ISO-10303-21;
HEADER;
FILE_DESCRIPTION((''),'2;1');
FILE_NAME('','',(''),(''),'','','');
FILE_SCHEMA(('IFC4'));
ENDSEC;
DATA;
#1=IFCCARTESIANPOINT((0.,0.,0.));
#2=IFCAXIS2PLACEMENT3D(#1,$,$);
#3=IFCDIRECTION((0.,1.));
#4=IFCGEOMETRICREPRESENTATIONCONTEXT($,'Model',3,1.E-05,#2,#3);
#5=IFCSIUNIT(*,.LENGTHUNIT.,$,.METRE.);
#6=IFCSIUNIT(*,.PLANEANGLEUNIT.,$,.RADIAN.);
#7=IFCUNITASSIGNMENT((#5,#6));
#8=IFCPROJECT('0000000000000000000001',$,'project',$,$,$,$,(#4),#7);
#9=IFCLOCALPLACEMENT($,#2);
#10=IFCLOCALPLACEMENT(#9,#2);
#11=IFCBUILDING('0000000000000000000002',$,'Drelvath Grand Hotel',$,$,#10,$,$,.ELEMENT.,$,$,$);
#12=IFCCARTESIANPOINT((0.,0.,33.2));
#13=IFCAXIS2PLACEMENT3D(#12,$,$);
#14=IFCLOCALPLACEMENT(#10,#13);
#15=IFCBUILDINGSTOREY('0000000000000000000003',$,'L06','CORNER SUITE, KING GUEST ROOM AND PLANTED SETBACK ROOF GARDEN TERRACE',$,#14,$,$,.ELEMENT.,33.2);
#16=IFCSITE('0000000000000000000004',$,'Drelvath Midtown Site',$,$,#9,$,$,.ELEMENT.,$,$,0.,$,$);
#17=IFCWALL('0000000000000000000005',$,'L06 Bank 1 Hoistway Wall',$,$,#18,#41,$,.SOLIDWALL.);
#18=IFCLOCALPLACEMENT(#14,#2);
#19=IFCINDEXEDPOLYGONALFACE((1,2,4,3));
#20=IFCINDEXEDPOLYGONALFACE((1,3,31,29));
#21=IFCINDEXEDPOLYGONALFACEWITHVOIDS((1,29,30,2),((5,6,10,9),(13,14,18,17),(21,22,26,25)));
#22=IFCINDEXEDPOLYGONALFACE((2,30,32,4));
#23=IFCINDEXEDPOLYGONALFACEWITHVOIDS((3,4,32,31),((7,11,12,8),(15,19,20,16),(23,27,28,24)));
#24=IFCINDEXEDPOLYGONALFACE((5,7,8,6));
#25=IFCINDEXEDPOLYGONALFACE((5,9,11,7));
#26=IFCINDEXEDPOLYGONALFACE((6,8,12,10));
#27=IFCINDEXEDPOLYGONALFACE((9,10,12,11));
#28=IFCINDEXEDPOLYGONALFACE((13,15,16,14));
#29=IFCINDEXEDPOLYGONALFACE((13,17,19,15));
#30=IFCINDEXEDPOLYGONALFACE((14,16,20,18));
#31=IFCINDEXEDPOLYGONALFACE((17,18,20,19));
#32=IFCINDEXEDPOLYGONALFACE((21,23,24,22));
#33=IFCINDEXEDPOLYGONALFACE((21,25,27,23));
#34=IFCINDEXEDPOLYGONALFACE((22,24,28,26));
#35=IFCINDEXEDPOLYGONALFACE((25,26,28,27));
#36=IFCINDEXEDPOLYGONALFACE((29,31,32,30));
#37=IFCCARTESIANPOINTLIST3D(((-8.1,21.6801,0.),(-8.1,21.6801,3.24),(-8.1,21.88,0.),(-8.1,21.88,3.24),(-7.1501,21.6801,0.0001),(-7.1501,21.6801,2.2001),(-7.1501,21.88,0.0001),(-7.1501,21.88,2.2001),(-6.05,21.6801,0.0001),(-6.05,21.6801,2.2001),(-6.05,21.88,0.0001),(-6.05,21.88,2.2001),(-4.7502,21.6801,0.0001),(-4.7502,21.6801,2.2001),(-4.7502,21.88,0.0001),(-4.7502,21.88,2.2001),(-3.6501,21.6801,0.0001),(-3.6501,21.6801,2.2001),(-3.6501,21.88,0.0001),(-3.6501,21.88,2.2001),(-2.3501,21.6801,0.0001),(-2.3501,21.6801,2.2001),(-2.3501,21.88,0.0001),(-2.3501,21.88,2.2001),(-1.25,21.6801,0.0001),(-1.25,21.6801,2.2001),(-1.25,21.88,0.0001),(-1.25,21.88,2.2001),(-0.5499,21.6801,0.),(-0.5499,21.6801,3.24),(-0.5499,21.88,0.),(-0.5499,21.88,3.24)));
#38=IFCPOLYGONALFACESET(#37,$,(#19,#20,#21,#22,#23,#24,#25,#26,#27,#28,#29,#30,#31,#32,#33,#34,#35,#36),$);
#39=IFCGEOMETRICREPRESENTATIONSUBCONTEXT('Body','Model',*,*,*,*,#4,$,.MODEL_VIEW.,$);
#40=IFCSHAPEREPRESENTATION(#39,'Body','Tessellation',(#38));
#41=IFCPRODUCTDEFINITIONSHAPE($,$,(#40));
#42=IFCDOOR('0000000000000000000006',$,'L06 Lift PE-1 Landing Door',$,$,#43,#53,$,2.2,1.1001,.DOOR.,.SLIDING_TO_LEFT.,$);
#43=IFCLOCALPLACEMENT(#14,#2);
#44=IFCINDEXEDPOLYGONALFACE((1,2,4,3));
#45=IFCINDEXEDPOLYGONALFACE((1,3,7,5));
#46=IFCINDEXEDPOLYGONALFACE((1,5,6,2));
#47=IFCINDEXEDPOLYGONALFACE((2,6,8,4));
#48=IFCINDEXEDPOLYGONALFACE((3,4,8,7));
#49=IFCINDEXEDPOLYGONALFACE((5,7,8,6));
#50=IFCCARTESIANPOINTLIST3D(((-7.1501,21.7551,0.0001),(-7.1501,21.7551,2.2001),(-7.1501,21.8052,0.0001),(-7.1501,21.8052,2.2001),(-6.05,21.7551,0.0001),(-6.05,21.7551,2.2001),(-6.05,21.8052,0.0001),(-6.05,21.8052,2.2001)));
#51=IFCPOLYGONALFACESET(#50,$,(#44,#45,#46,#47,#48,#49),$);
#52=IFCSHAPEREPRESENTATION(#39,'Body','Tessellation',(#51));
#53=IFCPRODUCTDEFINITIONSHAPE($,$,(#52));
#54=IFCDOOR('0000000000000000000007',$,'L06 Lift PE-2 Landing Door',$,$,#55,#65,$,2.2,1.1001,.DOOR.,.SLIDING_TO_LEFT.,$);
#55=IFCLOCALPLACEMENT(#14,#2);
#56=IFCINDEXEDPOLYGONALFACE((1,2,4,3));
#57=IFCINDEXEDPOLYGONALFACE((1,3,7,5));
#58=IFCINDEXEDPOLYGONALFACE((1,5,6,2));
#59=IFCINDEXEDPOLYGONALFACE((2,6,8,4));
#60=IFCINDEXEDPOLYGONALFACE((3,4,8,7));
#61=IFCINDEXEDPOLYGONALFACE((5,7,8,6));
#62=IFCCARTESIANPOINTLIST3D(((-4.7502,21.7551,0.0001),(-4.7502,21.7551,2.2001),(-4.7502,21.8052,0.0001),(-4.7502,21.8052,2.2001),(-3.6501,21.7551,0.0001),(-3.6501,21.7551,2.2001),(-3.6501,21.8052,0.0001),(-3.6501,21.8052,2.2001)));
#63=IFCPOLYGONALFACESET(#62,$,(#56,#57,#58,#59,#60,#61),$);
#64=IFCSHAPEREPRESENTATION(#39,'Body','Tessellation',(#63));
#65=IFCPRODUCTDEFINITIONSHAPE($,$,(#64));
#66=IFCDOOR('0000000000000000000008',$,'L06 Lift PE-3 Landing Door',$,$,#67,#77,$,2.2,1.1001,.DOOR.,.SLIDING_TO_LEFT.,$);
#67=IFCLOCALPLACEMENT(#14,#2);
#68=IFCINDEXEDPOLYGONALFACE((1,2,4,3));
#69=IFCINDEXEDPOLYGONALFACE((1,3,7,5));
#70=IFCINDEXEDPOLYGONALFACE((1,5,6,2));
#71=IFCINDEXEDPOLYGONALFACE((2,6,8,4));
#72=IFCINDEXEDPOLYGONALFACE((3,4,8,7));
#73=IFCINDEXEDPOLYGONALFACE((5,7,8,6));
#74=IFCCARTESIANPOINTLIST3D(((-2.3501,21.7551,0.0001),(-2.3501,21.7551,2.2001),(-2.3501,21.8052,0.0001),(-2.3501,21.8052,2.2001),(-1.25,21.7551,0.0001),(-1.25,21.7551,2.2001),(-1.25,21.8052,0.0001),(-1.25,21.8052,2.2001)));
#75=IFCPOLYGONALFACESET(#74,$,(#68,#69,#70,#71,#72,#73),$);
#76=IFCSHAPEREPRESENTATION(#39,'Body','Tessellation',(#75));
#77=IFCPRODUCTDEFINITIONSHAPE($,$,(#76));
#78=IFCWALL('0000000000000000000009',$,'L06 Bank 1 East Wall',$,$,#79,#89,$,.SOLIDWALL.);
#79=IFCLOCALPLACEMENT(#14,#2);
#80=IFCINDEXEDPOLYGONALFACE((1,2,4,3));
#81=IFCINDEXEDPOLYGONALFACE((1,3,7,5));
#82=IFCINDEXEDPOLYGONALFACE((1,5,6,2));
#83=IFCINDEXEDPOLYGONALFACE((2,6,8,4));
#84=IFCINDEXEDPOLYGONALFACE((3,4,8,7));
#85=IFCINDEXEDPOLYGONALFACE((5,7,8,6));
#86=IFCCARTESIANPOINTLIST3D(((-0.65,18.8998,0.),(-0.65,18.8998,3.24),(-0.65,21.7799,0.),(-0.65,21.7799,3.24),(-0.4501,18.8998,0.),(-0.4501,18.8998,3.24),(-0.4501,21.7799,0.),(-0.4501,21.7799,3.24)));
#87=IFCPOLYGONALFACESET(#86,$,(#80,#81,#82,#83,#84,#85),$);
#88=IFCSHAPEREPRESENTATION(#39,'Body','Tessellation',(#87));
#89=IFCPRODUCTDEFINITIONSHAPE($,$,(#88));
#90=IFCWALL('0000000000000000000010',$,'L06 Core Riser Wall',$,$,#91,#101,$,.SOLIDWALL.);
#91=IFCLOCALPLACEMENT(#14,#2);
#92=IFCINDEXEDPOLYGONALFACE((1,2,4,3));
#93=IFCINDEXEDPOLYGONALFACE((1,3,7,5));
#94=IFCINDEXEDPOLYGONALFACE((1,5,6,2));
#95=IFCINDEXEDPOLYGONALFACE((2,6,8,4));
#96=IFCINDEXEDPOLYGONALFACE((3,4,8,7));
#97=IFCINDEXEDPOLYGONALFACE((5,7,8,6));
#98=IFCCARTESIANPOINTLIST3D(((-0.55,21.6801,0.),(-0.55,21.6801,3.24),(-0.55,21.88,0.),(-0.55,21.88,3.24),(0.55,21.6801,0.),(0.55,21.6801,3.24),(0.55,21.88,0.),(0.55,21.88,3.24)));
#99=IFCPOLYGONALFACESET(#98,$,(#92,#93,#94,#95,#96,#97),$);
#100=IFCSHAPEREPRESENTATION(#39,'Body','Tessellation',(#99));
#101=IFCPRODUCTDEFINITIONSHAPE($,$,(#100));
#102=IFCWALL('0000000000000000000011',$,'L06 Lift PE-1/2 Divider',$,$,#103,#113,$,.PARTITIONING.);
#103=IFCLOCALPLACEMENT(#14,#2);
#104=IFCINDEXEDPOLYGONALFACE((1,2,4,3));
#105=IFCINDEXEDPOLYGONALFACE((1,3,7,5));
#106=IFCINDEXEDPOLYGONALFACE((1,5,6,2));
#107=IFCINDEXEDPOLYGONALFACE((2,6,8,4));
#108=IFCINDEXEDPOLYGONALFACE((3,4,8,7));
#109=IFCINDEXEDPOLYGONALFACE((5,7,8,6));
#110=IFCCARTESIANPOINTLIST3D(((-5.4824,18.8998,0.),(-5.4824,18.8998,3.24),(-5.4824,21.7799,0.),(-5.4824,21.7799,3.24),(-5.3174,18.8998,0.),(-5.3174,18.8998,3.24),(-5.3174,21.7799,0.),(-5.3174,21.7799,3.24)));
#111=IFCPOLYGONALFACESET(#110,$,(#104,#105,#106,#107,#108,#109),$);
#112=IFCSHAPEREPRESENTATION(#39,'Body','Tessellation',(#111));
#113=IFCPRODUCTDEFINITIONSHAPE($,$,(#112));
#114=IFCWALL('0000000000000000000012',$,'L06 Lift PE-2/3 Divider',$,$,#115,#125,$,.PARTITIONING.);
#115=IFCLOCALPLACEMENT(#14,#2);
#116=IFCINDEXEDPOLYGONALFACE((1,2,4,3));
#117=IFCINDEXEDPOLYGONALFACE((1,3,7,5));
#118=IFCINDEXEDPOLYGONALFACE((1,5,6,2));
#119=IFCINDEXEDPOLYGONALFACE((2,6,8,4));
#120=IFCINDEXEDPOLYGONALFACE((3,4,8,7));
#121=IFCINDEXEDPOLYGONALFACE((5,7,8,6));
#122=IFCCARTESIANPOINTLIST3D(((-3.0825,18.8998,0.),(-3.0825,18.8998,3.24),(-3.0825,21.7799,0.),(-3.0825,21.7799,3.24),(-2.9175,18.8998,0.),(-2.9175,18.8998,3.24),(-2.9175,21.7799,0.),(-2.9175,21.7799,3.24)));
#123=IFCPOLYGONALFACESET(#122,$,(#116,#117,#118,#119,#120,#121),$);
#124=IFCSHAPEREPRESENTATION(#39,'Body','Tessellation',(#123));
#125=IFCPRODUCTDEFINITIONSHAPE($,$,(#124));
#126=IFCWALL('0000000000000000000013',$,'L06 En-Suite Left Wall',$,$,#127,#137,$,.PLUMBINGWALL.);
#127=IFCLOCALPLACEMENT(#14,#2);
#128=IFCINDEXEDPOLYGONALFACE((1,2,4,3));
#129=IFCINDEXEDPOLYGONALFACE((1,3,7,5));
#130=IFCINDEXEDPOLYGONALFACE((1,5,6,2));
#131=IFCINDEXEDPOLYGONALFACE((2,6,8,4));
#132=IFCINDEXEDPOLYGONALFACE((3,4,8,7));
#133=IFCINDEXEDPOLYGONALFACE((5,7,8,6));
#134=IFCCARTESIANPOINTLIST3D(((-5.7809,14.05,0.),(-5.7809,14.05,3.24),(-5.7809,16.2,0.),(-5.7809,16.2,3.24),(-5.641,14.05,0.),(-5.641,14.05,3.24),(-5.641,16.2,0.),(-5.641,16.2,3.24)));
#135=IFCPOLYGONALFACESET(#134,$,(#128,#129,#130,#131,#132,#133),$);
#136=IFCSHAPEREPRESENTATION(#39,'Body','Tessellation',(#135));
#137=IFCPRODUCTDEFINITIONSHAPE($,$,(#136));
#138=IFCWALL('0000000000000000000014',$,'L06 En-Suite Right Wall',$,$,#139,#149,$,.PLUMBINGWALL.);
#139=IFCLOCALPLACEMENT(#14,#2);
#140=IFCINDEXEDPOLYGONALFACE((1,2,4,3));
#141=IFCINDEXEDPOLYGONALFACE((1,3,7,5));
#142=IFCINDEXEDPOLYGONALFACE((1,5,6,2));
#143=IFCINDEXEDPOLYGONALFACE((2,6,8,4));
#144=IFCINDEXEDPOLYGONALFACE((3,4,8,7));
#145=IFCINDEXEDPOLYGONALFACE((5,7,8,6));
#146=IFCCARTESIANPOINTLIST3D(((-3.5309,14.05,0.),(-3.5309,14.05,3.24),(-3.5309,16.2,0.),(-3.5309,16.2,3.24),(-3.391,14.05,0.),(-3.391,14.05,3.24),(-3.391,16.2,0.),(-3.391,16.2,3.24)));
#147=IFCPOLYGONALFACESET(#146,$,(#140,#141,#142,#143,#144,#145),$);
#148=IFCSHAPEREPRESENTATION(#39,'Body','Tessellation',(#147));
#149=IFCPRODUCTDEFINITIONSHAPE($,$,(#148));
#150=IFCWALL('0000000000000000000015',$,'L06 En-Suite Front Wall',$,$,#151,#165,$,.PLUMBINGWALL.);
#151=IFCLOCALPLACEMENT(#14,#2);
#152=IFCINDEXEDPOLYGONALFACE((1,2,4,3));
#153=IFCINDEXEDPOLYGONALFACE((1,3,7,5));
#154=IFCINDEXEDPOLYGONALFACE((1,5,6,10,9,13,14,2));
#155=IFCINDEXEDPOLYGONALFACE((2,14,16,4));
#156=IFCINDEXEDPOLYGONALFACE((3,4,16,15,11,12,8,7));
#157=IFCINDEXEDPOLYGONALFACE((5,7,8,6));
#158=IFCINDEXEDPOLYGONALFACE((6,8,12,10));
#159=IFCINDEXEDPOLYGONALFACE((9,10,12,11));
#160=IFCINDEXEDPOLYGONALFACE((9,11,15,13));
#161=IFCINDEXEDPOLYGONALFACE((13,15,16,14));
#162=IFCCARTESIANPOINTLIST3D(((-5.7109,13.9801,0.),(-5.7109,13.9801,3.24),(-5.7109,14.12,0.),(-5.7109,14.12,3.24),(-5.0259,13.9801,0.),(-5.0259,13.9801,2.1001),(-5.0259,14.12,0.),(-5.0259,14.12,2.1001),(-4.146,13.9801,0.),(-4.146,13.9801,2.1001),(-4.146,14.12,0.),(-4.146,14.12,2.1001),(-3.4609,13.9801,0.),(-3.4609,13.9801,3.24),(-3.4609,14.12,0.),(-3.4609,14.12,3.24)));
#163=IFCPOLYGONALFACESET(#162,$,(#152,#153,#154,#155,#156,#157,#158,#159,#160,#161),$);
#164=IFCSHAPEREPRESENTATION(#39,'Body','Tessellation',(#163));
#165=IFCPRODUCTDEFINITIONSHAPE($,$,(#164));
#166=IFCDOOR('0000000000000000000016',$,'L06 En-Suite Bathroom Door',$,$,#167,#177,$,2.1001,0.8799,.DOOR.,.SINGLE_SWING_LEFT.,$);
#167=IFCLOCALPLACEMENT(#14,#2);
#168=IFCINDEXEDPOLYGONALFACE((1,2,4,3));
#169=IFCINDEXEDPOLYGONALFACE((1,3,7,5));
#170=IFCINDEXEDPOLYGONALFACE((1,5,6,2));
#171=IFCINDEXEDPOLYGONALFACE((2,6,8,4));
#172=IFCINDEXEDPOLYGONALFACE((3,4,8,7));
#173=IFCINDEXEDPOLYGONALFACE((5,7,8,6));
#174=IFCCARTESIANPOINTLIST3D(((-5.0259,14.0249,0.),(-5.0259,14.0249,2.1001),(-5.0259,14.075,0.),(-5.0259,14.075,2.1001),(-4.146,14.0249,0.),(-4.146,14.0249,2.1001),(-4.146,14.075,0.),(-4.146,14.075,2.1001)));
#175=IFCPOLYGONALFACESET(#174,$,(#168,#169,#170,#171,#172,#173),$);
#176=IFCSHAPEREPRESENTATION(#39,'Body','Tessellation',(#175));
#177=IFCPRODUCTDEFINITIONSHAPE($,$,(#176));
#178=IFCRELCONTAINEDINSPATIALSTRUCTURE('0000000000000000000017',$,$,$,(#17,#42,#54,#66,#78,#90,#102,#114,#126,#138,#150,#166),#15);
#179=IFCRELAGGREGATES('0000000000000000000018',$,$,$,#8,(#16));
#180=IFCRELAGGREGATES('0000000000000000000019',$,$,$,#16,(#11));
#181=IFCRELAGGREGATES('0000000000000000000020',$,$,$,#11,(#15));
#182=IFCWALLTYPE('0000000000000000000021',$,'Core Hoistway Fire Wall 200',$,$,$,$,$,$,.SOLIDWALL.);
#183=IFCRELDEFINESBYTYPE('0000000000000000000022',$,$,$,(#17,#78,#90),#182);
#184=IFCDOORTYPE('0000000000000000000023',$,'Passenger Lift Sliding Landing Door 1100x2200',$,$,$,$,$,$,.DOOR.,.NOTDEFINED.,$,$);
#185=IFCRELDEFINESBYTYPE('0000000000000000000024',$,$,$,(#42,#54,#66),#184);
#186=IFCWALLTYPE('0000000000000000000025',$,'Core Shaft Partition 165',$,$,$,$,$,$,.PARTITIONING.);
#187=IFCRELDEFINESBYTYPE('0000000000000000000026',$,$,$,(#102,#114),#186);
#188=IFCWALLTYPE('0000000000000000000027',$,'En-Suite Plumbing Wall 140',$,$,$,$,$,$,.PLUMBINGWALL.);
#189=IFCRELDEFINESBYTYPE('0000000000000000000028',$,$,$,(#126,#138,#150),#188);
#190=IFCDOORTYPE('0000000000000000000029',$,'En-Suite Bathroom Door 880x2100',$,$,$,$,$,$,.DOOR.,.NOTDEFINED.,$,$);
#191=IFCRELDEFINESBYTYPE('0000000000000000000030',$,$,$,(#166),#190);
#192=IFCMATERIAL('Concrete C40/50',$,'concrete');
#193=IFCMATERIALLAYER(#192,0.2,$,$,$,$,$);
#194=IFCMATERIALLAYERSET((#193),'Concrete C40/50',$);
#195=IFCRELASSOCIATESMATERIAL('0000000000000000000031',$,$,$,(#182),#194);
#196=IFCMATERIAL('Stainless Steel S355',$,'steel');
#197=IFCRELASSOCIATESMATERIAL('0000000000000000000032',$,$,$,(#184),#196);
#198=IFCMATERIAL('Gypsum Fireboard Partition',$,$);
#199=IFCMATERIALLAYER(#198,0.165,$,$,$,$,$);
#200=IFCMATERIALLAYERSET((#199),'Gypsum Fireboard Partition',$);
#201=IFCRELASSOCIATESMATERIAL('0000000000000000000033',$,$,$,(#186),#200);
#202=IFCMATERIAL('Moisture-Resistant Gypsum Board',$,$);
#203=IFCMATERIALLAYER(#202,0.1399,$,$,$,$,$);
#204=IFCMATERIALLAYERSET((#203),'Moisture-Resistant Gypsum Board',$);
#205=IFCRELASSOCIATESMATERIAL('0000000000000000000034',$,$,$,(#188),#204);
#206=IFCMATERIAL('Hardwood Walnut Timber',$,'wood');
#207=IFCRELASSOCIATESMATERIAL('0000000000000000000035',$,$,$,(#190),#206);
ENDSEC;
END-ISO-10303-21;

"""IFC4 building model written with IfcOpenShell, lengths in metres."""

from ifc_helpers import new_model, si_unit, direction, frame, frame_2d, origin, place, context, subcontext, project, spatial, rectangle, extrude, material, layer, layer_set, type_object, element, fill, save


model = new_model("IFC4")

# Units and contexts
model_context = context("Model", 3, precision=1e-05, world=origin(), true_north=direction((0.0, 1.0)))
body_context = subcontext(model_context, "Body", "Model", "MODEL_VIEW")
ifc_project = project(units=[si_unit("LENGTHUNIT", "METRE"), si_unit("PLANEANGLEUNIT", "RADIAN")], contexts=[model_context])

# Site, building, storey
site_placement = place(None, origin())
site = spatial("IfcSite", under=ifc_project, at=site_placement, Name="Drelvath Midtown Site", CompositionType="ELEMENT", RefElevation=0.0)
building_placement = place(site_placement, origin())
building = spatial("IfcBuilding", under=site, at=building_placement, Name="Drelvath Grand Hotel", CompositionType="ELEMENT")
storey_placement = place(building_placement, frame((0.0, 0.0, 33.2)))
storey = spatial("IfcBuildingStorey", under=building, at=storey_placement, Name="L06", Description="CORNER SUITE, KING GUEST ROOM AND PLANTED SETBACK ROOF GARDEN TERRACE", CompositionType="ELEMENT", Elevation=33.2)

# Wall, openings, doors
ifc_material_1 = material(Name="Concrete C40/50", Category="concrete")
ifc_layer_1 = layer(ifc_material_1, 0.2)
ifc_layer_set_1 = layer_set([ifc_layer_1], Name="Concrete C40/50")
wall_type_1 = type_object("IfcWallType", Name="Core Hoistway Fire Wall 200", PredefinedType="SOLIDWALL", material=ifc_layer_set_1)
wall_1_placement = place(storey_placement, frame((-0.55, 21.78, 0.0), z_axis=(0.0, 0.0, 1.0), x_axis=(-1.0, 0.0, 0.0)))
wall_1 = element("IfcWall", 1, at=wall_1_placement, inside=storey, type_object=wall_type_1, Name="L06 Bank 1 Hoistway Wall", PredefinedType="SOLIDWALL", context=body_context, shape_type="SweptSolid", body=[
    extrude(rectangle(XDim=7.55, YDim=0.2, at=frame_2d((3.7749, 0.0))), origin(), (0.0, 0.0, 1.0), 3.24),
])
opening_1_placement = place(wall_1_placement, frame((5.5, 0.0, 0.0)))
opening_1 = element("IfcOpeningElement", 2, at=opening_1_placement, cuts=wall_1, PredefinedType="OPENING", context=body_context, shape_type="SweptSolid", body=[
    extrude(rectangle(XDim=1.1001, YDim=2.2, at=frame_2d((0.55, 1.1001))), frame((0.0, 0.1099, 0.0), z_axis=(0.0, -1.0, 0.0), x_axis=(1.0, 0.0, 0.0)), (0.0, 0.0, 1.0), 0.22),
])
opening_2_placement = place(wall_1_placement, frame((3.1001, 0.0, 0.0)))
opening_2 = element("IfcOpeningElement", 3, at=opening_2_placement, cuts=wall_1, PredefinedType="OPENING", context=body_context, shape_type="SweptSolid", body=[
    extrude(rectangle(XDim=1.1001, YDim=2.2, at=frame_2d((0.55, 1.1001))), frame((0.0, 0.1099, 0.0), z_axis=(0.0, -1.0, 0.0), x_axis=(1.0, 0.0, 0.0)), (0.0, 0.0, 1.0), 0.22),
])
opening_3_placement = place(wall_1_placement, frame((0.7, 0.0, 0.0)))
opening_3 = element("IfcOpeningElement", 4, at=opening_3_placement, cuts=wall_1, PredefinedType="OPENING", context=body_context, shape_type="SweptSolid", body=[
    extrude(rectangle(XDim=1.1001, YDim=2.2, at=frame_2d((0.55, 1.1001))), frame((0.0, 0.1099, 0.0), z_axis=(0.0, -1.0, 0.0), x_axis=(1.0, 0.0, 0.0)), (0.0, 0.0, 1.0), 0.22),
])
ifc_material_2 = material(Name="Stainless Steel S355", Category="steel")
door_type_1 = type_object("IfcDoorType", Name="Passenger Lift Sliding Landing Door 1100x2200", OperationType="NOTDEFINED", PredefinedType="DOOR", material=ifc_material_2)
door_1_placement = place(opening_1_placement, origin())
door_1 = element("IfcDoor", 5, at=door_1_placement, inside=storey, type_object=door_type_1, Name="L06 Lift PE-1 Landing Door", OperationType="SLIDING_TO_LEFT", OverallHeight=2.2, OverallWidth=1.1001, PredefinedType="DOOR", context=body_context, shape_type="SweptSolid", body=[
    extrude(rectangle(XDim=1.1001, YDim=2.2, at=frame_2d((0.55, 1.1001))), frame((0.0, 0.0249, 0.0), z_axis=(0.0, -1.0, 0.0), x_axis=(1.0, 0.0, 0.0)), (0.0, 0.0, 1.0), 0.05),
])
fill(opening_1, door_1)
door_2_placement = place(opening_2_placement, origin())
door_2 = element("IfcDoor", 6, at=door_2_placement, inside=storey, type_object=door_type_1, Name="L06 Lift PE-2 Landing Door", OperationType="SLIDING_TO_LEFT", OverallHeight=2.2, OverallWidth=1.1001, PredefinedType="DOOR", context=body_context, shape_type="SweptSolid", body=[
    extrude(rectangle(XDim=1.1001, YDim=2.2, at=frame_2d((0.55, 1.1001))), frame((0.0, 0.0249, 0.0), z_axis=(0.0, -1.0, 0.0), x_axis=(1.0, 0.0, 0.0)), (0.0, 0.0, 1.0), 0.05),
])
fill(opening_2, door_2)
door_3_placement = place(opening_3_placement, origin())
door_3 = element("IfcDoor", 7, at=door_3_placement, inside=storey, type_object=door_type_1, Name="L06 Lift PE-3 Landing Door", OperationType="SLIDING_TO_LEFT", OverallHeight=2.2, OverallWidth=1.1001, PredefinedType="DOOR", context=body_context, shape_type="SweptSolid", body=[
    extrude(rectangle(XDim=1.1001, YDim=2.2, at=frame_2d((0.55, 1.1001))), frame((0.0, 0.0249, 0.0), z_axis=(0.0, -1.0, 0.0), x_axis=(1.0, 0.0, 0.0)), (0.0, 0.0, 1.0), 0.05),
])
fill(opening_3, door_3)

# Walls
wall_2_placement = place(storey_placement, frame((-0.55, 18.8999, 0.0), z_axis=(0.0, 0.0, 1.0), x_axis=(0.0, 1.0, 0.0)))
element("IfcWall", 8, at=wall_2_placement, inside=storey, type_object=wall_type_1, Name="L06 Bank 1 East Wall", PredefinedType="SOLIDWALL", context=body_context, shape_type="SweptSolid", body=[
    extrude(rectangle(XDim=2.8801, YDim=0.2, at=frame_2d((1.4399, 0.0))), origin(), (0.0, 0.0, 1.0), 3.24),
])
wall_3_placement = place(storey_placement, frame((-0.55, 21.78, 0.0), z_axis=(0.0, 0.0, 1.0), x_axis=(1.0, 0.0, 0.0)))
element("IfcWall", 9, at=wall_3_placement, inside=storey, type_object=wall_type_1, Name="L06 Core Riser Wall", PredefinedType="SOLIDWALL", context=body_context, shape_type="SweptSolid", body=[
    extrude(rectangle(XDim=1.1001, YDim=0.2, at=frame_2d((0.55, 0.0))), origin(), (0.0, 0.0, 1.0), 3.24),
])
ifc_material_3 = material(Name="Gypsum Fireboard Partition")
ifc_layer_2 = layer(ifc_material_3, 0.165)
ifc_layer_set_2 = layer_set([ifc_layer_2], Name="Gypsum Fireboard Partition")
wall_type_2 = type_object("IfcWallType", Name="Core Shaft Partition 165", PredefinedType="PARTITIONING", material=ifc_layer_set_2)
for number, where, z_axis, x_axis, name in (
    (10, (-5.3999, 18.8999, 0.0), (0.0, 0.0, 1.0), (0.0, 1.0, 0.0), "L06 Lift PE-1/2 Divider"),
    (11, (-3.0, 18.8999, 0.0), (0.0, 0.0, 1.0), (0.0, 1.0, 0.0), "L06 Lift PE-2/3 Divider"),
):
    element("IfcWall", number, at=place(storey_placement, frame(where, z_axis=z_axis, x_axis=x_axis)), inside=storey, type_object=wall_type_2, Name=name, PredefinedType="PARTITIONING", context=body_context, shape_type="SweptSolid", body=[
        extrude(rectangle(XDim=2.8801, YDim=0.165, at=frame_2d((1.4399, 0.0))), origin(), (0.0, 0.0, 1.0), 3.24),
    ])
ifc_material_4 = material(Name="Moisture-Resistant Gypsum Board")
ifc_layer_3 = layer(ifc_material_4, 0.1399)
ifc_layer_set_3 = layer_set([ifc_layer_3], Name="Moisture-Resistant Gypsum Board")
wall_type_3 = type_object("IfcWallType", Name="En-Suite Plumbing Wall 140", PredefinedType="PLUMBINGWALL", material=ifc_layer_set_3)
for number, where, z_axis, x_axis, name in (
    (12, (-5.7109, 16.2, 0.0), (0.0, 0.0, 1.0), (0.0, -1.0, 0.0), "L06 En-Suite Left Wall"),
    (13, (-3.4609, 16.2, 0.0), (0.0, 0.0, 1.0), (0.0, -1.0, 0.0), "L06 En-Suite Right Wall"),
):
    element("IfcWall", number, at=place(storey_placement, frame(where, z_axis=z_axis, x_axis=x_axis)), inside=storey, type_object=wall_type_3, Name=name, PredefinedType="PLUMBINGWALL", context=body_context, shape_type="SweptSolid", body=[
        extrude(rectangle(XDim=2.1499, YDim=0.1399, at=frame_2d((1.075, 0.0))), origin(), (0.0, 0.0, 1.0), 3.24),
    ])

# Wall, opening, door
wall_4_placement = place(storey_placement, frame((-5.7109, 14.05, 0.0), z_axis=(0.0, 0.0, 1.0), x_axis=(1.0, 0.0, 0.0)))
wall_4 = element("IfcWall", 14, at=wall_4_placement, inside=storey, type_object=wall_type_3, Name="L06 En-Suite Front Wall", PredefinedType="PLUMBINGWALL", context=body_context, shape_type="SweptSolid", body=[
    extrude(rectangle(XDim=2.25, YDim=0.1399, at=frame_2d((1.125, 0.0))), origin(), (0.0, 0.0, 1.0), 3.24),
])
opening_4_placement = place(wall_4_placement, frame((0.6851, 0.0, 0.0)))
opening_4 = element("IfcOpeningElement", 15, at=opening_4_placement, cuts=wall_4, PredefinedType="OPENING", context=body_context, shape_type="SweptSolid", body=[
    extrude(rectangle(XDim=0.8799, YDim=2.1001, at=frame_2d((0.4399, 1.05))), frame((0.0, 0.0798, 0.0), z_axis=(0.0, -1.0, 0.0), x_axis=(1.0, 0.0, 0.0)), (0.0, 0.0, 1.0), 0.1599),
])
ifc_material_5 = material(Name="Hardwood Walnut Timber", Category="wood")
door_type_2 = type_object("IfcDoorType", Name="En-Suite Bathroom Door 880x2100", OperationType="NOTDEFINED", PredefinedType="DOOR", material=ifc_material_5)
door_4_placement = place(opening_4_placement, origin())
door_4 = element("IfcDoor", 16, at=door_4_placement, inside=storey, type_object=door_type_2, Name="L06 En-Suite Bathroom Door", OperationType="SINGLE_SWING_LEFT", OverallHeight=2.1001, OverallWidth=0.8799, PredefinedType="DOOR", context=body_context, shape_type="SweptSolid", body=[
    extrude(rectangle(XDim=0.8799, YDim=2.1001, at=frame_2d((0.4399, 1.05))), frame((0.0, 0.0249, 0.0), z_axis=(0.0, -1.0, 0.0), x_axis=(1.0, 0.0, 0.0)), (0.0, 0.0, 1.0), 0.05),
])
fill(opening_4, door_4)

save(model, "model.ifc")
